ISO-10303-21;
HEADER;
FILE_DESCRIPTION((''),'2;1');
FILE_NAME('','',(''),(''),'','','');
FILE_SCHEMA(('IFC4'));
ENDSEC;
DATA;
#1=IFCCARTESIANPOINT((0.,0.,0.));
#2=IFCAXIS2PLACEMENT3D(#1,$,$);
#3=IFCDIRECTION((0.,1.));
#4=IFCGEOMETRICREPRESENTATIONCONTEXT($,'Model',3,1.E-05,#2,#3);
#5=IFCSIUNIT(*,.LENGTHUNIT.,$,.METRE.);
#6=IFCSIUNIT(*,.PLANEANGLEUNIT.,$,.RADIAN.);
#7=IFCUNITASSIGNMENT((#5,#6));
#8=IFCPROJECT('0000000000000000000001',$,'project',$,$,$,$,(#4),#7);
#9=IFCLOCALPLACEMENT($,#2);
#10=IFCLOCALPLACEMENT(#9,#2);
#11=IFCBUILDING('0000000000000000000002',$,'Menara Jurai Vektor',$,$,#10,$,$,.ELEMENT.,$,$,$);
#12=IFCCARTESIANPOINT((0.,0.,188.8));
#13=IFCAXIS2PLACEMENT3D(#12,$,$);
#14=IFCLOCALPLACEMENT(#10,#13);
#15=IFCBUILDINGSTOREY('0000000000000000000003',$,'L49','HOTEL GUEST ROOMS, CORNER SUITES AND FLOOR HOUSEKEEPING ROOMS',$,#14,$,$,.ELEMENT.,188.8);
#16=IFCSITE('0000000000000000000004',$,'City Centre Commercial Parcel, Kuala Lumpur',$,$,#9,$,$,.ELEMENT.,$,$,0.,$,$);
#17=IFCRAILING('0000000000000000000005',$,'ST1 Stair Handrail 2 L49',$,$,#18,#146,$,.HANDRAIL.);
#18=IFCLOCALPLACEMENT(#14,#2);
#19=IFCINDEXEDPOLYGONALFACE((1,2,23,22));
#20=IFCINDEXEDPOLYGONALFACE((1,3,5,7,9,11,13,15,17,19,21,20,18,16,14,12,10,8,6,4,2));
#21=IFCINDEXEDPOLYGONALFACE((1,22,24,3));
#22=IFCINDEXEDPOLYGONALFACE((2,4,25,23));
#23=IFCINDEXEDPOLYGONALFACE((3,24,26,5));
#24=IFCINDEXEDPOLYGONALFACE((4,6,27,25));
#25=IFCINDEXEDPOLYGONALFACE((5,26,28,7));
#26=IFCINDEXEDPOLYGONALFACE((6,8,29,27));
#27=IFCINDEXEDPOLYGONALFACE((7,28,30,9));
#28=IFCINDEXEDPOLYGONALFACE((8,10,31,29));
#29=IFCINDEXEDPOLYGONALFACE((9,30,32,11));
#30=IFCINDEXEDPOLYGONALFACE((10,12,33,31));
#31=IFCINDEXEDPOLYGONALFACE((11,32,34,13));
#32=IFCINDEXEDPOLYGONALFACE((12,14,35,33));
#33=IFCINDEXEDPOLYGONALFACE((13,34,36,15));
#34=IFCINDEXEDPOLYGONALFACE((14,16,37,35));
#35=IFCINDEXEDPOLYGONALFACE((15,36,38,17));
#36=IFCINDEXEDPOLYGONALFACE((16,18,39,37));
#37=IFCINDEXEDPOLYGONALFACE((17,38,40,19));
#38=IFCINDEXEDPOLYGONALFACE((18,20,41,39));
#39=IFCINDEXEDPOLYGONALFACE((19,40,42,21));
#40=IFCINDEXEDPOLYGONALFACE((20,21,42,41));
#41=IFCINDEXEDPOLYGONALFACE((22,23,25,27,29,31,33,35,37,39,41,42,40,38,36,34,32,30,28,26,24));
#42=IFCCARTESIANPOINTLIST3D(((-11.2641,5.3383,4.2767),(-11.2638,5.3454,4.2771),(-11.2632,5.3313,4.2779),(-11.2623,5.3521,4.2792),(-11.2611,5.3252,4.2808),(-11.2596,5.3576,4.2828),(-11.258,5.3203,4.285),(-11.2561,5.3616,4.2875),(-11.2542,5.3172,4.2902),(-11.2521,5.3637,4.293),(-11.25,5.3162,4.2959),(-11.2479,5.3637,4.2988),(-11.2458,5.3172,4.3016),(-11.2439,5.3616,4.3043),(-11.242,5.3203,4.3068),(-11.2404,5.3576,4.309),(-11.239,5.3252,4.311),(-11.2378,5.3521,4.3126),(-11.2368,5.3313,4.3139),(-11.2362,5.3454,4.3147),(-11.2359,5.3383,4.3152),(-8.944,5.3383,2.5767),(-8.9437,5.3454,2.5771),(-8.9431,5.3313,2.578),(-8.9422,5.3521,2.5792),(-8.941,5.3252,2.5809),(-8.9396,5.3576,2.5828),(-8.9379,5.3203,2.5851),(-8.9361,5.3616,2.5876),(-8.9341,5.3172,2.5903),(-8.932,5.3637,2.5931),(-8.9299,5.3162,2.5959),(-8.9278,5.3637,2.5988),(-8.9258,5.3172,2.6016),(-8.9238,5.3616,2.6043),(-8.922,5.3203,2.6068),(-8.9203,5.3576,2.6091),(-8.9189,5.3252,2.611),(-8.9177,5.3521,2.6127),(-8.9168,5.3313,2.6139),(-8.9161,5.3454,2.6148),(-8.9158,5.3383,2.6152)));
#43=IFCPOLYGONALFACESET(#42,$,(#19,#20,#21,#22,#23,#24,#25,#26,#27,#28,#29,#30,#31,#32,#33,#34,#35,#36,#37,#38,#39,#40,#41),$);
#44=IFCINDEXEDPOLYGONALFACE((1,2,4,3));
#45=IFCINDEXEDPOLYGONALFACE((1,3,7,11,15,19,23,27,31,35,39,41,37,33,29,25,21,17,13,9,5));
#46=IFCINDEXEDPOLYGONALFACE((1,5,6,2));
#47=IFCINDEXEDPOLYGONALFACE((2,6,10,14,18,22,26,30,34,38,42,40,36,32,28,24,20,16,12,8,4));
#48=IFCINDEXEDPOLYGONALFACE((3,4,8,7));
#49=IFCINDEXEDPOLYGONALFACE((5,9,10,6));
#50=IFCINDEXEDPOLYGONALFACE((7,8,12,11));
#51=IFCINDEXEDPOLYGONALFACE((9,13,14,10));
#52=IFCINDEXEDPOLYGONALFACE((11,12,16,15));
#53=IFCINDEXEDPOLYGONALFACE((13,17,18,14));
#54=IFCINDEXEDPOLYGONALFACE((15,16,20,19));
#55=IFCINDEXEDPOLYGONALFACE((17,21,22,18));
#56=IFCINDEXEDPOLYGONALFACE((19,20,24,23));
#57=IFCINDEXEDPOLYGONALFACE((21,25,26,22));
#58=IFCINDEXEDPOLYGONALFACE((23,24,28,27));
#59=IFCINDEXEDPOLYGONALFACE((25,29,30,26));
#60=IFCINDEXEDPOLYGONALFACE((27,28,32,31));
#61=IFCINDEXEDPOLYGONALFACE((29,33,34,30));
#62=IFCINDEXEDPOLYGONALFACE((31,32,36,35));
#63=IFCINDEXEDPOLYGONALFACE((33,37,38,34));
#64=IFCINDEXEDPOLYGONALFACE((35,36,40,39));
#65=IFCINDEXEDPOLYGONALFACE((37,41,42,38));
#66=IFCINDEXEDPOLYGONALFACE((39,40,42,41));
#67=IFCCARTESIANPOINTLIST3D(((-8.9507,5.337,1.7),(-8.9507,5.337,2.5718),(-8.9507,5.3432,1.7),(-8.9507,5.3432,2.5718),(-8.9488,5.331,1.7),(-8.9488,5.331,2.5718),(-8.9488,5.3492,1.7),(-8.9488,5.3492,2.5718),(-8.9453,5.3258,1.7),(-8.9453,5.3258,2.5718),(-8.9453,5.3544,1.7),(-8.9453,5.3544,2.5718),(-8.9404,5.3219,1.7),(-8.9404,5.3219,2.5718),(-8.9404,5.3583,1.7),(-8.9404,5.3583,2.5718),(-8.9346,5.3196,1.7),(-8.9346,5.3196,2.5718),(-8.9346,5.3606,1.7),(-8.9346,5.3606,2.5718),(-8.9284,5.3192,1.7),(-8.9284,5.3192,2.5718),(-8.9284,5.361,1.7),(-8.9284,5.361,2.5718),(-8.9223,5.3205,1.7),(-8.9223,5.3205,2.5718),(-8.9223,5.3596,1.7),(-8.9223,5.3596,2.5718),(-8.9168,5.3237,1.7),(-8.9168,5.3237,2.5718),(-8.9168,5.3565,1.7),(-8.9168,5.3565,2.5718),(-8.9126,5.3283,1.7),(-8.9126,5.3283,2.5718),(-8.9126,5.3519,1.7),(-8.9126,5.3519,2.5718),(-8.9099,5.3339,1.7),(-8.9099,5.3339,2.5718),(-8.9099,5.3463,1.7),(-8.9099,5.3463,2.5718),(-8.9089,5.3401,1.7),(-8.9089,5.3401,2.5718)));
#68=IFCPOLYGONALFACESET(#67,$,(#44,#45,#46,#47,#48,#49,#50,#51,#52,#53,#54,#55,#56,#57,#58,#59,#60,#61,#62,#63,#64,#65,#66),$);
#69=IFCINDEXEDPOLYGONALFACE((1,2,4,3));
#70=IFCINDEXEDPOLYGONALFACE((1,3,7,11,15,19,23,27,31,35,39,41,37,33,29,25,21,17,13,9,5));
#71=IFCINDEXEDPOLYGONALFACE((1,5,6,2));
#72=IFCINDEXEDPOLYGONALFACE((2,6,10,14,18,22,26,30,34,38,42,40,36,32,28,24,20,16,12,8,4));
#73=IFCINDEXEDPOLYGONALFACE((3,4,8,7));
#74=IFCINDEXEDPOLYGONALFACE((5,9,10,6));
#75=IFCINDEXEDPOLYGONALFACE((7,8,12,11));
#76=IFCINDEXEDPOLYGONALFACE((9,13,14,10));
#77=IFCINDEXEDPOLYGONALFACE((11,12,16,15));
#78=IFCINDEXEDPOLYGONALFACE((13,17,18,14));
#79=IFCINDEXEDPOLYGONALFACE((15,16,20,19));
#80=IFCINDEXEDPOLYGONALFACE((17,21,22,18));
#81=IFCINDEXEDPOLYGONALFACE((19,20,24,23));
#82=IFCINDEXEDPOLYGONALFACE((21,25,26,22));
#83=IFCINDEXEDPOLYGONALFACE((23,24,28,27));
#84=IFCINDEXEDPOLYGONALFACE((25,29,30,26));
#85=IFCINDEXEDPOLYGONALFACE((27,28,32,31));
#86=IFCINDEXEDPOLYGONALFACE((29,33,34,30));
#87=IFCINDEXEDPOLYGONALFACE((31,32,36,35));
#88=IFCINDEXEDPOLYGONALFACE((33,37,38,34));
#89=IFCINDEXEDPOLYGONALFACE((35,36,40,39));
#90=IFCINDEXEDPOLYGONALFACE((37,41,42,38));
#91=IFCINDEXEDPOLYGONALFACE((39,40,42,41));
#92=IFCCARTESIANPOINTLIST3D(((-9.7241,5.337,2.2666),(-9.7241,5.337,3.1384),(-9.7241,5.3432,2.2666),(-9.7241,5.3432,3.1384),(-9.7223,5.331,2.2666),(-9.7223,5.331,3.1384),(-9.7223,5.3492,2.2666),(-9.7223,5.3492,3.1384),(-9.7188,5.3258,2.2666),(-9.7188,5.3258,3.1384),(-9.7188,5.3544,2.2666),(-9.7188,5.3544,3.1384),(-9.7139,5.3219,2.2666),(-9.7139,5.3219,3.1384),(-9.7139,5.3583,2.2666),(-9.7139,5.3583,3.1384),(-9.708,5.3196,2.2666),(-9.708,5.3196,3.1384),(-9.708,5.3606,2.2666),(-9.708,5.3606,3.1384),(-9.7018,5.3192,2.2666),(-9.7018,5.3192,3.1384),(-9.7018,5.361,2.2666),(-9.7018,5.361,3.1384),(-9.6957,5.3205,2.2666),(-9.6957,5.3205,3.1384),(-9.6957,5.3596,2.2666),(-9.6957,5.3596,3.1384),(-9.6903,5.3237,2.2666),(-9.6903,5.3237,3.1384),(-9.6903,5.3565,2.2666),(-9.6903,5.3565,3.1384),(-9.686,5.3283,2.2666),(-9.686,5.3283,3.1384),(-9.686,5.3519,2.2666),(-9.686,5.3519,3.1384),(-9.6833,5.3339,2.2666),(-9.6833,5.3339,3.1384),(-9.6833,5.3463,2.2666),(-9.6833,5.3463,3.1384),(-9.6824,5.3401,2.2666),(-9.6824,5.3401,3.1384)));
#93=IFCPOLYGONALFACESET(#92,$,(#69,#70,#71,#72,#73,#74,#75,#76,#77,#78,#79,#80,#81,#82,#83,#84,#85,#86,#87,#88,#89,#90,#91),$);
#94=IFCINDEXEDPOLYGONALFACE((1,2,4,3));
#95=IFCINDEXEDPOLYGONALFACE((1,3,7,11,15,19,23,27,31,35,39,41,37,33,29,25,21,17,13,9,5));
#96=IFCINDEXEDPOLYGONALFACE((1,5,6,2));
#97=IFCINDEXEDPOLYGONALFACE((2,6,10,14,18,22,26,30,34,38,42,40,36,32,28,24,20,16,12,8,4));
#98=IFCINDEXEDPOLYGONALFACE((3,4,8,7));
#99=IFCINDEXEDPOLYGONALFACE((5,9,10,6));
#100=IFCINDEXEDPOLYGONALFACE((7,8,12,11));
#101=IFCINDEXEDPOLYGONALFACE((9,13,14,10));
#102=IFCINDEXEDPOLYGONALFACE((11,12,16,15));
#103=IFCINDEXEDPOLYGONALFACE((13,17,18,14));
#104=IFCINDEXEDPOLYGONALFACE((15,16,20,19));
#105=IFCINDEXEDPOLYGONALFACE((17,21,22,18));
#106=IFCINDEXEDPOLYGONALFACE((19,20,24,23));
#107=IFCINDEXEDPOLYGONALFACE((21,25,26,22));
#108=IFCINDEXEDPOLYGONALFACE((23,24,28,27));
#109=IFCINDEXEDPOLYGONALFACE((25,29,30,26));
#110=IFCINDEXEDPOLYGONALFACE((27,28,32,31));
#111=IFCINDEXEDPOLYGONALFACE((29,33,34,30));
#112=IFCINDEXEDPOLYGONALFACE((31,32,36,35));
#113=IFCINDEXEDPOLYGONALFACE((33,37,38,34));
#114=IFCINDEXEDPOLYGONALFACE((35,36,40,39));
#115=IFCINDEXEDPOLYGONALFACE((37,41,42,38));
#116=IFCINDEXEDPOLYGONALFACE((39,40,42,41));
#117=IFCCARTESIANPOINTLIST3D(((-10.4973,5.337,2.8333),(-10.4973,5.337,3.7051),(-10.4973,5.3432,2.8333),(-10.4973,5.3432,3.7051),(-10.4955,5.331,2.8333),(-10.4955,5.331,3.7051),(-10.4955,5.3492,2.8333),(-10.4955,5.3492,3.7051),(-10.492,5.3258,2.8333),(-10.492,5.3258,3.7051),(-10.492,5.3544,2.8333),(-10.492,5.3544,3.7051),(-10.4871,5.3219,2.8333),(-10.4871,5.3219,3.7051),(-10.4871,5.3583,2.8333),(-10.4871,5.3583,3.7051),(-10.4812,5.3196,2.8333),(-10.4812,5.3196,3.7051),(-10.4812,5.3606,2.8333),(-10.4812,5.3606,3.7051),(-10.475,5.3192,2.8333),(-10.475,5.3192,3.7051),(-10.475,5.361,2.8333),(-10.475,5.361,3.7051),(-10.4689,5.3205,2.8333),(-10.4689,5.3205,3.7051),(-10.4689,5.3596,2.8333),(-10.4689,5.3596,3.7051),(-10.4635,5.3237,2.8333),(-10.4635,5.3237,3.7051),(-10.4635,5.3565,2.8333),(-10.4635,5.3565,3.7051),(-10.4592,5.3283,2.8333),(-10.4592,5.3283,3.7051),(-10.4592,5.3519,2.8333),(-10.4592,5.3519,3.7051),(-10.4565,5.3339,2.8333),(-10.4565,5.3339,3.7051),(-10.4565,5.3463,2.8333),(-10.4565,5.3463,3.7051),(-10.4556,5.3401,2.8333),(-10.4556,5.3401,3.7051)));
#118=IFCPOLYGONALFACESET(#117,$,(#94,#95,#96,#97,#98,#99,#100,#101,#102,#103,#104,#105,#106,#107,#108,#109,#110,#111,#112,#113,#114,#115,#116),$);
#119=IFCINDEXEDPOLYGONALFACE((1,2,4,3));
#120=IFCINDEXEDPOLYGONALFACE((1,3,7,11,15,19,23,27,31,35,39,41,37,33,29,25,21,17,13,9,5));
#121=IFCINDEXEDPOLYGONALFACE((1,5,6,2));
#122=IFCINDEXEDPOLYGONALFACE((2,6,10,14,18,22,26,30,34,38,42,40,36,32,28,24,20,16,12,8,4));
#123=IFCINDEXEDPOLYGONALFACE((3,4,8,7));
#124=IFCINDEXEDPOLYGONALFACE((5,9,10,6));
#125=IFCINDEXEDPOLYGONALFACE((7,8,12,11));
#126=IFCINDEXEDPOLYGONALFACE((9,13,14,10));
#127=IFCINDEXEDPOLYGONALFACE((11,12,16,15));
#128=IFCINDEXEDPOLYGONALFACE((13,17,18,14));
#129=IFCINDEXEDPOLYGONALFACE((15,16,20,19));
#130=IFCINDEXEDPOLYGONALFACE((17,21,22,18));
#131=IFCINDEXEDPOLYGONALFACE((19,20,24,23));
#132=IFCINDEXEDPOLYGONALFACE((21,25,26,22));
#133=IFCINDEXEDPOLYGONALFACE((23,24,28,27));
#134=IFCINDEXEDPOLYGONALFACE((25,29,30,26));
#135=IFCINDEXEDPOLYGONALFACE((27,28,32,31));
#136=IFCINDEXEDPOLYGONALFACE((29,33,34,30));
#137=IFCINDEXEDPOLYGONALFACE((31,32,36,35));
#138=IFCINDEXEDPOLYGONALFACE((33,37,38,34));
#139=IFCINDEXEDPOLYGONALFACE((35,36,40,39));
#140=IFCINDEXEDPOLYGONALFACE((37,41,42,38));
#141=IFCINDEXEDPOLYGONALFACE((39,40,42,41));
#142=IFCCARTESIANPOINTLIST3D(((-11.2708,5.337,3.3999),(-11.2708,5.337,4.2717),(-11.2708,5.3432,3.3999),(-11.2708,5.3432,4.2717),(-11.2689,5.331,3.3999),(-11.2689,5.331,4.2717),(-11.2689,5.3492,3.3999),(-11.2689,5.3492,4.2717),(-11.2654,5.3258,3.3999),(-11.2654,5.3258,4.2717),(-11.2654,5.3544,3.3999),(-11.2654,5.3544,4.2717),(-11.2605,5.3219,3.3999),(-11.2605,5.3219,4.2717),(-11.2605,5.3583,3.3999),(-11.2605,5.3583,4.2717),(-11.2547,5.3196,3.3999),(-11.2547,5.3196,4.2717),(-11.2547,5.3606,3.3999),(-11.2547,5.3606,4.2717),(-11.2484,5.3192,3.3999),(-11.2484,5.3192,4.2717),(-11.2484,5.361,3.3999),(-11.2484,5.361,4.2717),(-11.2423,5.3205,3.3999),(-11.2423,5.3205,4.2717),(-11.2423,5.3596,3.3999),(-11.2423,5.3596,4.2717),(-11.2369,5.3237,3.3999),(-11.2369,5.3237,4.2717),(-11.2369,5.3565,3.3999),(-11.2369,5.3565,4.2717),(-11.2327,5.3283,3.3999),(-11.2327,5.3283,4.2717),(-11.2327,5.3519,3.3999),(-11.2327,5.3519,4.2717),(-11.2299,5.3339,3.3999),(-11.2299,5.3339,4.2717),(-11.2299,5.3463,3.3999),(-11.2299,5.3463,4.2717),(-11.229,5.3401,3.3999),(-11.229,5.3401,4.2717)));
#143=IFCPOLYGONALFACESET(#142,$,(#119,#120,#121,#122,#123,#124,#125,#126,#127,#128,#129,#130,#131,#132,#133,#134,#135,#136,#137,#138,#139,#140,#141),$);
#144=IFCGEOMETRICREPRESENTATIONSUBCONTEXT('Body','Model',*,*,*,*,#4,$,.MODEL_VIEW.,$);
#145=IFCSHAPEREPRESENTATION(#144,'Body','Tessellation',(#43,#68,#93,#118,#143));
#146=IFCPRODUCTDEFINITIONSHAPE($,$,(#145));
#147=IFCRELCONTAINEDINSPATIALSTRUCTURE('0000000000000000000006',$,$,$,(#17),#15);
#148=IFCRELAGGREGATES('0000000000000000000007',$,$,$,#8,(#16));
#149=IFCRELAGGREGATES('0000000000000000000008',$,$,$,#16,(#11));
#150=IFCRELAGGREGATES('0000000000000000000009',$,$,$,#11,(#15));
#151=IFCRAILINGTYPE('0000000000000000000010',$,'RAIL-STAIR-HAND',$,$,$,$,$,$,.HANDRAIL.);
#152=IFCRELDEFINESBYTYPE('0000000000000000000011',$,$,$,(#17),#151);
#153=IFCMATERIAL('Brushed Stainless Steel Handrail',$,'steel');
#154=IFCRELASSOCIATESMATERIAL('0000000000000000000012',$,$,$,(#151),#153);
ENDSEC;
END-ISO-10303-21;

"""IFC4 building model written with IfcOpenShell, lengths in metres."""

from ifc_helpers import new_model, si_unit, direction, frame, origin, origin_2d, place, context, subcontext, project, spatial, circle, extrude, material, type_object, element, save


model = new_model("IFC4")

# Units and contexts
model_context = context("Model", 3, precision=1e-05, world=origin(), true_north=direction((0.0, 1.0)))
body_context = subcontext(model_context, "Body", "Model", "MODEL_VIEW")
ifc_project = project(units=[si_unit("LENGTHUNIT", "METRE"), si_unit("PLANEANGLEUNIT", "RADIAN")], contexts=[model_context])

# Site, building, storey
site_placement = place(None, origin())
site = spatial("IfcSite", under=ifc_project, at=site_placement, Name="City Centre Commercial Parcel, Kuala Lumpur", CompositionType="ELEMENT", RefElevation=0.0)
building_placement = place(site_placement, origin())
building = spatial("IfcBuilding", under=site, at=building_placement, Name="Menara Jurai Vektor", CompositionType="ELEMENT")
storey_placement = place(building_placement, frame((0.0, 0.0, 188.8)))
storey = spatial("IfcBuildingStorey", under=building, at=storey_placement, Name="L49", Description="HOTEL GUEST ROOMS, CORNER SUITES AND FLOOR HOUSEKEEPING ROOMS", CompositionType="ELEMENT", Elevation=188.8)

# Railing
ifc_material_1 = material(Name="Brushed Stainless Steel Handrail", Category="steel")
railing_type_1 = type_object("IfcRailingType", Name="RAIL-STAIR-HAND", PredefinedType="HANDRAIL", material=ifc_material_1)
railing_1_placement = place(storey_placement, frame((-8.9299, 5.3401, 1.7)))
element("IfcRailing", 1, at=railing_1_placement, inside=storey, type_object=railing_type_1, Name="ST1 Stair Handrail 2 L49", PredefinedType="HANDRAIL", context=body_context, shape_type="SweptSolid", body=[
    extrude(circle(Radius=0.0239, at=origin_2d()), frame((0.0, 0.0, 0.896), z_axis=(-0.806642, 0.0, 0.59104), x_axis=(0.0, -1.0, 0.0)), (0.0, 0.0, 1.0), 2.8762),
    extrude(circle(Radius=0.021, at=origin_2d()), origin(), (0.0, 0.0, 1.0), 0.8718),
    extrude(circle(Radius=0.021, at=origin_2d()), frame((-0.7734, 0.0, 0.5667)), (0.0, 0.0, 1.0), 0.8718),
    extrude(circle(Radius=0.021, at=origin_2d()), frame((-1.5466, 0.0, 1.1333)), (0.0, 0.0, 1.0), 0.8718),
    extrude(circle(Radius=0.021, at=origin_2d()), frame((-2.3201, 0.0, 1.7)), (0.0, 0.0, 1.0), 0.8718),
])

save(model, "model.ifc")
